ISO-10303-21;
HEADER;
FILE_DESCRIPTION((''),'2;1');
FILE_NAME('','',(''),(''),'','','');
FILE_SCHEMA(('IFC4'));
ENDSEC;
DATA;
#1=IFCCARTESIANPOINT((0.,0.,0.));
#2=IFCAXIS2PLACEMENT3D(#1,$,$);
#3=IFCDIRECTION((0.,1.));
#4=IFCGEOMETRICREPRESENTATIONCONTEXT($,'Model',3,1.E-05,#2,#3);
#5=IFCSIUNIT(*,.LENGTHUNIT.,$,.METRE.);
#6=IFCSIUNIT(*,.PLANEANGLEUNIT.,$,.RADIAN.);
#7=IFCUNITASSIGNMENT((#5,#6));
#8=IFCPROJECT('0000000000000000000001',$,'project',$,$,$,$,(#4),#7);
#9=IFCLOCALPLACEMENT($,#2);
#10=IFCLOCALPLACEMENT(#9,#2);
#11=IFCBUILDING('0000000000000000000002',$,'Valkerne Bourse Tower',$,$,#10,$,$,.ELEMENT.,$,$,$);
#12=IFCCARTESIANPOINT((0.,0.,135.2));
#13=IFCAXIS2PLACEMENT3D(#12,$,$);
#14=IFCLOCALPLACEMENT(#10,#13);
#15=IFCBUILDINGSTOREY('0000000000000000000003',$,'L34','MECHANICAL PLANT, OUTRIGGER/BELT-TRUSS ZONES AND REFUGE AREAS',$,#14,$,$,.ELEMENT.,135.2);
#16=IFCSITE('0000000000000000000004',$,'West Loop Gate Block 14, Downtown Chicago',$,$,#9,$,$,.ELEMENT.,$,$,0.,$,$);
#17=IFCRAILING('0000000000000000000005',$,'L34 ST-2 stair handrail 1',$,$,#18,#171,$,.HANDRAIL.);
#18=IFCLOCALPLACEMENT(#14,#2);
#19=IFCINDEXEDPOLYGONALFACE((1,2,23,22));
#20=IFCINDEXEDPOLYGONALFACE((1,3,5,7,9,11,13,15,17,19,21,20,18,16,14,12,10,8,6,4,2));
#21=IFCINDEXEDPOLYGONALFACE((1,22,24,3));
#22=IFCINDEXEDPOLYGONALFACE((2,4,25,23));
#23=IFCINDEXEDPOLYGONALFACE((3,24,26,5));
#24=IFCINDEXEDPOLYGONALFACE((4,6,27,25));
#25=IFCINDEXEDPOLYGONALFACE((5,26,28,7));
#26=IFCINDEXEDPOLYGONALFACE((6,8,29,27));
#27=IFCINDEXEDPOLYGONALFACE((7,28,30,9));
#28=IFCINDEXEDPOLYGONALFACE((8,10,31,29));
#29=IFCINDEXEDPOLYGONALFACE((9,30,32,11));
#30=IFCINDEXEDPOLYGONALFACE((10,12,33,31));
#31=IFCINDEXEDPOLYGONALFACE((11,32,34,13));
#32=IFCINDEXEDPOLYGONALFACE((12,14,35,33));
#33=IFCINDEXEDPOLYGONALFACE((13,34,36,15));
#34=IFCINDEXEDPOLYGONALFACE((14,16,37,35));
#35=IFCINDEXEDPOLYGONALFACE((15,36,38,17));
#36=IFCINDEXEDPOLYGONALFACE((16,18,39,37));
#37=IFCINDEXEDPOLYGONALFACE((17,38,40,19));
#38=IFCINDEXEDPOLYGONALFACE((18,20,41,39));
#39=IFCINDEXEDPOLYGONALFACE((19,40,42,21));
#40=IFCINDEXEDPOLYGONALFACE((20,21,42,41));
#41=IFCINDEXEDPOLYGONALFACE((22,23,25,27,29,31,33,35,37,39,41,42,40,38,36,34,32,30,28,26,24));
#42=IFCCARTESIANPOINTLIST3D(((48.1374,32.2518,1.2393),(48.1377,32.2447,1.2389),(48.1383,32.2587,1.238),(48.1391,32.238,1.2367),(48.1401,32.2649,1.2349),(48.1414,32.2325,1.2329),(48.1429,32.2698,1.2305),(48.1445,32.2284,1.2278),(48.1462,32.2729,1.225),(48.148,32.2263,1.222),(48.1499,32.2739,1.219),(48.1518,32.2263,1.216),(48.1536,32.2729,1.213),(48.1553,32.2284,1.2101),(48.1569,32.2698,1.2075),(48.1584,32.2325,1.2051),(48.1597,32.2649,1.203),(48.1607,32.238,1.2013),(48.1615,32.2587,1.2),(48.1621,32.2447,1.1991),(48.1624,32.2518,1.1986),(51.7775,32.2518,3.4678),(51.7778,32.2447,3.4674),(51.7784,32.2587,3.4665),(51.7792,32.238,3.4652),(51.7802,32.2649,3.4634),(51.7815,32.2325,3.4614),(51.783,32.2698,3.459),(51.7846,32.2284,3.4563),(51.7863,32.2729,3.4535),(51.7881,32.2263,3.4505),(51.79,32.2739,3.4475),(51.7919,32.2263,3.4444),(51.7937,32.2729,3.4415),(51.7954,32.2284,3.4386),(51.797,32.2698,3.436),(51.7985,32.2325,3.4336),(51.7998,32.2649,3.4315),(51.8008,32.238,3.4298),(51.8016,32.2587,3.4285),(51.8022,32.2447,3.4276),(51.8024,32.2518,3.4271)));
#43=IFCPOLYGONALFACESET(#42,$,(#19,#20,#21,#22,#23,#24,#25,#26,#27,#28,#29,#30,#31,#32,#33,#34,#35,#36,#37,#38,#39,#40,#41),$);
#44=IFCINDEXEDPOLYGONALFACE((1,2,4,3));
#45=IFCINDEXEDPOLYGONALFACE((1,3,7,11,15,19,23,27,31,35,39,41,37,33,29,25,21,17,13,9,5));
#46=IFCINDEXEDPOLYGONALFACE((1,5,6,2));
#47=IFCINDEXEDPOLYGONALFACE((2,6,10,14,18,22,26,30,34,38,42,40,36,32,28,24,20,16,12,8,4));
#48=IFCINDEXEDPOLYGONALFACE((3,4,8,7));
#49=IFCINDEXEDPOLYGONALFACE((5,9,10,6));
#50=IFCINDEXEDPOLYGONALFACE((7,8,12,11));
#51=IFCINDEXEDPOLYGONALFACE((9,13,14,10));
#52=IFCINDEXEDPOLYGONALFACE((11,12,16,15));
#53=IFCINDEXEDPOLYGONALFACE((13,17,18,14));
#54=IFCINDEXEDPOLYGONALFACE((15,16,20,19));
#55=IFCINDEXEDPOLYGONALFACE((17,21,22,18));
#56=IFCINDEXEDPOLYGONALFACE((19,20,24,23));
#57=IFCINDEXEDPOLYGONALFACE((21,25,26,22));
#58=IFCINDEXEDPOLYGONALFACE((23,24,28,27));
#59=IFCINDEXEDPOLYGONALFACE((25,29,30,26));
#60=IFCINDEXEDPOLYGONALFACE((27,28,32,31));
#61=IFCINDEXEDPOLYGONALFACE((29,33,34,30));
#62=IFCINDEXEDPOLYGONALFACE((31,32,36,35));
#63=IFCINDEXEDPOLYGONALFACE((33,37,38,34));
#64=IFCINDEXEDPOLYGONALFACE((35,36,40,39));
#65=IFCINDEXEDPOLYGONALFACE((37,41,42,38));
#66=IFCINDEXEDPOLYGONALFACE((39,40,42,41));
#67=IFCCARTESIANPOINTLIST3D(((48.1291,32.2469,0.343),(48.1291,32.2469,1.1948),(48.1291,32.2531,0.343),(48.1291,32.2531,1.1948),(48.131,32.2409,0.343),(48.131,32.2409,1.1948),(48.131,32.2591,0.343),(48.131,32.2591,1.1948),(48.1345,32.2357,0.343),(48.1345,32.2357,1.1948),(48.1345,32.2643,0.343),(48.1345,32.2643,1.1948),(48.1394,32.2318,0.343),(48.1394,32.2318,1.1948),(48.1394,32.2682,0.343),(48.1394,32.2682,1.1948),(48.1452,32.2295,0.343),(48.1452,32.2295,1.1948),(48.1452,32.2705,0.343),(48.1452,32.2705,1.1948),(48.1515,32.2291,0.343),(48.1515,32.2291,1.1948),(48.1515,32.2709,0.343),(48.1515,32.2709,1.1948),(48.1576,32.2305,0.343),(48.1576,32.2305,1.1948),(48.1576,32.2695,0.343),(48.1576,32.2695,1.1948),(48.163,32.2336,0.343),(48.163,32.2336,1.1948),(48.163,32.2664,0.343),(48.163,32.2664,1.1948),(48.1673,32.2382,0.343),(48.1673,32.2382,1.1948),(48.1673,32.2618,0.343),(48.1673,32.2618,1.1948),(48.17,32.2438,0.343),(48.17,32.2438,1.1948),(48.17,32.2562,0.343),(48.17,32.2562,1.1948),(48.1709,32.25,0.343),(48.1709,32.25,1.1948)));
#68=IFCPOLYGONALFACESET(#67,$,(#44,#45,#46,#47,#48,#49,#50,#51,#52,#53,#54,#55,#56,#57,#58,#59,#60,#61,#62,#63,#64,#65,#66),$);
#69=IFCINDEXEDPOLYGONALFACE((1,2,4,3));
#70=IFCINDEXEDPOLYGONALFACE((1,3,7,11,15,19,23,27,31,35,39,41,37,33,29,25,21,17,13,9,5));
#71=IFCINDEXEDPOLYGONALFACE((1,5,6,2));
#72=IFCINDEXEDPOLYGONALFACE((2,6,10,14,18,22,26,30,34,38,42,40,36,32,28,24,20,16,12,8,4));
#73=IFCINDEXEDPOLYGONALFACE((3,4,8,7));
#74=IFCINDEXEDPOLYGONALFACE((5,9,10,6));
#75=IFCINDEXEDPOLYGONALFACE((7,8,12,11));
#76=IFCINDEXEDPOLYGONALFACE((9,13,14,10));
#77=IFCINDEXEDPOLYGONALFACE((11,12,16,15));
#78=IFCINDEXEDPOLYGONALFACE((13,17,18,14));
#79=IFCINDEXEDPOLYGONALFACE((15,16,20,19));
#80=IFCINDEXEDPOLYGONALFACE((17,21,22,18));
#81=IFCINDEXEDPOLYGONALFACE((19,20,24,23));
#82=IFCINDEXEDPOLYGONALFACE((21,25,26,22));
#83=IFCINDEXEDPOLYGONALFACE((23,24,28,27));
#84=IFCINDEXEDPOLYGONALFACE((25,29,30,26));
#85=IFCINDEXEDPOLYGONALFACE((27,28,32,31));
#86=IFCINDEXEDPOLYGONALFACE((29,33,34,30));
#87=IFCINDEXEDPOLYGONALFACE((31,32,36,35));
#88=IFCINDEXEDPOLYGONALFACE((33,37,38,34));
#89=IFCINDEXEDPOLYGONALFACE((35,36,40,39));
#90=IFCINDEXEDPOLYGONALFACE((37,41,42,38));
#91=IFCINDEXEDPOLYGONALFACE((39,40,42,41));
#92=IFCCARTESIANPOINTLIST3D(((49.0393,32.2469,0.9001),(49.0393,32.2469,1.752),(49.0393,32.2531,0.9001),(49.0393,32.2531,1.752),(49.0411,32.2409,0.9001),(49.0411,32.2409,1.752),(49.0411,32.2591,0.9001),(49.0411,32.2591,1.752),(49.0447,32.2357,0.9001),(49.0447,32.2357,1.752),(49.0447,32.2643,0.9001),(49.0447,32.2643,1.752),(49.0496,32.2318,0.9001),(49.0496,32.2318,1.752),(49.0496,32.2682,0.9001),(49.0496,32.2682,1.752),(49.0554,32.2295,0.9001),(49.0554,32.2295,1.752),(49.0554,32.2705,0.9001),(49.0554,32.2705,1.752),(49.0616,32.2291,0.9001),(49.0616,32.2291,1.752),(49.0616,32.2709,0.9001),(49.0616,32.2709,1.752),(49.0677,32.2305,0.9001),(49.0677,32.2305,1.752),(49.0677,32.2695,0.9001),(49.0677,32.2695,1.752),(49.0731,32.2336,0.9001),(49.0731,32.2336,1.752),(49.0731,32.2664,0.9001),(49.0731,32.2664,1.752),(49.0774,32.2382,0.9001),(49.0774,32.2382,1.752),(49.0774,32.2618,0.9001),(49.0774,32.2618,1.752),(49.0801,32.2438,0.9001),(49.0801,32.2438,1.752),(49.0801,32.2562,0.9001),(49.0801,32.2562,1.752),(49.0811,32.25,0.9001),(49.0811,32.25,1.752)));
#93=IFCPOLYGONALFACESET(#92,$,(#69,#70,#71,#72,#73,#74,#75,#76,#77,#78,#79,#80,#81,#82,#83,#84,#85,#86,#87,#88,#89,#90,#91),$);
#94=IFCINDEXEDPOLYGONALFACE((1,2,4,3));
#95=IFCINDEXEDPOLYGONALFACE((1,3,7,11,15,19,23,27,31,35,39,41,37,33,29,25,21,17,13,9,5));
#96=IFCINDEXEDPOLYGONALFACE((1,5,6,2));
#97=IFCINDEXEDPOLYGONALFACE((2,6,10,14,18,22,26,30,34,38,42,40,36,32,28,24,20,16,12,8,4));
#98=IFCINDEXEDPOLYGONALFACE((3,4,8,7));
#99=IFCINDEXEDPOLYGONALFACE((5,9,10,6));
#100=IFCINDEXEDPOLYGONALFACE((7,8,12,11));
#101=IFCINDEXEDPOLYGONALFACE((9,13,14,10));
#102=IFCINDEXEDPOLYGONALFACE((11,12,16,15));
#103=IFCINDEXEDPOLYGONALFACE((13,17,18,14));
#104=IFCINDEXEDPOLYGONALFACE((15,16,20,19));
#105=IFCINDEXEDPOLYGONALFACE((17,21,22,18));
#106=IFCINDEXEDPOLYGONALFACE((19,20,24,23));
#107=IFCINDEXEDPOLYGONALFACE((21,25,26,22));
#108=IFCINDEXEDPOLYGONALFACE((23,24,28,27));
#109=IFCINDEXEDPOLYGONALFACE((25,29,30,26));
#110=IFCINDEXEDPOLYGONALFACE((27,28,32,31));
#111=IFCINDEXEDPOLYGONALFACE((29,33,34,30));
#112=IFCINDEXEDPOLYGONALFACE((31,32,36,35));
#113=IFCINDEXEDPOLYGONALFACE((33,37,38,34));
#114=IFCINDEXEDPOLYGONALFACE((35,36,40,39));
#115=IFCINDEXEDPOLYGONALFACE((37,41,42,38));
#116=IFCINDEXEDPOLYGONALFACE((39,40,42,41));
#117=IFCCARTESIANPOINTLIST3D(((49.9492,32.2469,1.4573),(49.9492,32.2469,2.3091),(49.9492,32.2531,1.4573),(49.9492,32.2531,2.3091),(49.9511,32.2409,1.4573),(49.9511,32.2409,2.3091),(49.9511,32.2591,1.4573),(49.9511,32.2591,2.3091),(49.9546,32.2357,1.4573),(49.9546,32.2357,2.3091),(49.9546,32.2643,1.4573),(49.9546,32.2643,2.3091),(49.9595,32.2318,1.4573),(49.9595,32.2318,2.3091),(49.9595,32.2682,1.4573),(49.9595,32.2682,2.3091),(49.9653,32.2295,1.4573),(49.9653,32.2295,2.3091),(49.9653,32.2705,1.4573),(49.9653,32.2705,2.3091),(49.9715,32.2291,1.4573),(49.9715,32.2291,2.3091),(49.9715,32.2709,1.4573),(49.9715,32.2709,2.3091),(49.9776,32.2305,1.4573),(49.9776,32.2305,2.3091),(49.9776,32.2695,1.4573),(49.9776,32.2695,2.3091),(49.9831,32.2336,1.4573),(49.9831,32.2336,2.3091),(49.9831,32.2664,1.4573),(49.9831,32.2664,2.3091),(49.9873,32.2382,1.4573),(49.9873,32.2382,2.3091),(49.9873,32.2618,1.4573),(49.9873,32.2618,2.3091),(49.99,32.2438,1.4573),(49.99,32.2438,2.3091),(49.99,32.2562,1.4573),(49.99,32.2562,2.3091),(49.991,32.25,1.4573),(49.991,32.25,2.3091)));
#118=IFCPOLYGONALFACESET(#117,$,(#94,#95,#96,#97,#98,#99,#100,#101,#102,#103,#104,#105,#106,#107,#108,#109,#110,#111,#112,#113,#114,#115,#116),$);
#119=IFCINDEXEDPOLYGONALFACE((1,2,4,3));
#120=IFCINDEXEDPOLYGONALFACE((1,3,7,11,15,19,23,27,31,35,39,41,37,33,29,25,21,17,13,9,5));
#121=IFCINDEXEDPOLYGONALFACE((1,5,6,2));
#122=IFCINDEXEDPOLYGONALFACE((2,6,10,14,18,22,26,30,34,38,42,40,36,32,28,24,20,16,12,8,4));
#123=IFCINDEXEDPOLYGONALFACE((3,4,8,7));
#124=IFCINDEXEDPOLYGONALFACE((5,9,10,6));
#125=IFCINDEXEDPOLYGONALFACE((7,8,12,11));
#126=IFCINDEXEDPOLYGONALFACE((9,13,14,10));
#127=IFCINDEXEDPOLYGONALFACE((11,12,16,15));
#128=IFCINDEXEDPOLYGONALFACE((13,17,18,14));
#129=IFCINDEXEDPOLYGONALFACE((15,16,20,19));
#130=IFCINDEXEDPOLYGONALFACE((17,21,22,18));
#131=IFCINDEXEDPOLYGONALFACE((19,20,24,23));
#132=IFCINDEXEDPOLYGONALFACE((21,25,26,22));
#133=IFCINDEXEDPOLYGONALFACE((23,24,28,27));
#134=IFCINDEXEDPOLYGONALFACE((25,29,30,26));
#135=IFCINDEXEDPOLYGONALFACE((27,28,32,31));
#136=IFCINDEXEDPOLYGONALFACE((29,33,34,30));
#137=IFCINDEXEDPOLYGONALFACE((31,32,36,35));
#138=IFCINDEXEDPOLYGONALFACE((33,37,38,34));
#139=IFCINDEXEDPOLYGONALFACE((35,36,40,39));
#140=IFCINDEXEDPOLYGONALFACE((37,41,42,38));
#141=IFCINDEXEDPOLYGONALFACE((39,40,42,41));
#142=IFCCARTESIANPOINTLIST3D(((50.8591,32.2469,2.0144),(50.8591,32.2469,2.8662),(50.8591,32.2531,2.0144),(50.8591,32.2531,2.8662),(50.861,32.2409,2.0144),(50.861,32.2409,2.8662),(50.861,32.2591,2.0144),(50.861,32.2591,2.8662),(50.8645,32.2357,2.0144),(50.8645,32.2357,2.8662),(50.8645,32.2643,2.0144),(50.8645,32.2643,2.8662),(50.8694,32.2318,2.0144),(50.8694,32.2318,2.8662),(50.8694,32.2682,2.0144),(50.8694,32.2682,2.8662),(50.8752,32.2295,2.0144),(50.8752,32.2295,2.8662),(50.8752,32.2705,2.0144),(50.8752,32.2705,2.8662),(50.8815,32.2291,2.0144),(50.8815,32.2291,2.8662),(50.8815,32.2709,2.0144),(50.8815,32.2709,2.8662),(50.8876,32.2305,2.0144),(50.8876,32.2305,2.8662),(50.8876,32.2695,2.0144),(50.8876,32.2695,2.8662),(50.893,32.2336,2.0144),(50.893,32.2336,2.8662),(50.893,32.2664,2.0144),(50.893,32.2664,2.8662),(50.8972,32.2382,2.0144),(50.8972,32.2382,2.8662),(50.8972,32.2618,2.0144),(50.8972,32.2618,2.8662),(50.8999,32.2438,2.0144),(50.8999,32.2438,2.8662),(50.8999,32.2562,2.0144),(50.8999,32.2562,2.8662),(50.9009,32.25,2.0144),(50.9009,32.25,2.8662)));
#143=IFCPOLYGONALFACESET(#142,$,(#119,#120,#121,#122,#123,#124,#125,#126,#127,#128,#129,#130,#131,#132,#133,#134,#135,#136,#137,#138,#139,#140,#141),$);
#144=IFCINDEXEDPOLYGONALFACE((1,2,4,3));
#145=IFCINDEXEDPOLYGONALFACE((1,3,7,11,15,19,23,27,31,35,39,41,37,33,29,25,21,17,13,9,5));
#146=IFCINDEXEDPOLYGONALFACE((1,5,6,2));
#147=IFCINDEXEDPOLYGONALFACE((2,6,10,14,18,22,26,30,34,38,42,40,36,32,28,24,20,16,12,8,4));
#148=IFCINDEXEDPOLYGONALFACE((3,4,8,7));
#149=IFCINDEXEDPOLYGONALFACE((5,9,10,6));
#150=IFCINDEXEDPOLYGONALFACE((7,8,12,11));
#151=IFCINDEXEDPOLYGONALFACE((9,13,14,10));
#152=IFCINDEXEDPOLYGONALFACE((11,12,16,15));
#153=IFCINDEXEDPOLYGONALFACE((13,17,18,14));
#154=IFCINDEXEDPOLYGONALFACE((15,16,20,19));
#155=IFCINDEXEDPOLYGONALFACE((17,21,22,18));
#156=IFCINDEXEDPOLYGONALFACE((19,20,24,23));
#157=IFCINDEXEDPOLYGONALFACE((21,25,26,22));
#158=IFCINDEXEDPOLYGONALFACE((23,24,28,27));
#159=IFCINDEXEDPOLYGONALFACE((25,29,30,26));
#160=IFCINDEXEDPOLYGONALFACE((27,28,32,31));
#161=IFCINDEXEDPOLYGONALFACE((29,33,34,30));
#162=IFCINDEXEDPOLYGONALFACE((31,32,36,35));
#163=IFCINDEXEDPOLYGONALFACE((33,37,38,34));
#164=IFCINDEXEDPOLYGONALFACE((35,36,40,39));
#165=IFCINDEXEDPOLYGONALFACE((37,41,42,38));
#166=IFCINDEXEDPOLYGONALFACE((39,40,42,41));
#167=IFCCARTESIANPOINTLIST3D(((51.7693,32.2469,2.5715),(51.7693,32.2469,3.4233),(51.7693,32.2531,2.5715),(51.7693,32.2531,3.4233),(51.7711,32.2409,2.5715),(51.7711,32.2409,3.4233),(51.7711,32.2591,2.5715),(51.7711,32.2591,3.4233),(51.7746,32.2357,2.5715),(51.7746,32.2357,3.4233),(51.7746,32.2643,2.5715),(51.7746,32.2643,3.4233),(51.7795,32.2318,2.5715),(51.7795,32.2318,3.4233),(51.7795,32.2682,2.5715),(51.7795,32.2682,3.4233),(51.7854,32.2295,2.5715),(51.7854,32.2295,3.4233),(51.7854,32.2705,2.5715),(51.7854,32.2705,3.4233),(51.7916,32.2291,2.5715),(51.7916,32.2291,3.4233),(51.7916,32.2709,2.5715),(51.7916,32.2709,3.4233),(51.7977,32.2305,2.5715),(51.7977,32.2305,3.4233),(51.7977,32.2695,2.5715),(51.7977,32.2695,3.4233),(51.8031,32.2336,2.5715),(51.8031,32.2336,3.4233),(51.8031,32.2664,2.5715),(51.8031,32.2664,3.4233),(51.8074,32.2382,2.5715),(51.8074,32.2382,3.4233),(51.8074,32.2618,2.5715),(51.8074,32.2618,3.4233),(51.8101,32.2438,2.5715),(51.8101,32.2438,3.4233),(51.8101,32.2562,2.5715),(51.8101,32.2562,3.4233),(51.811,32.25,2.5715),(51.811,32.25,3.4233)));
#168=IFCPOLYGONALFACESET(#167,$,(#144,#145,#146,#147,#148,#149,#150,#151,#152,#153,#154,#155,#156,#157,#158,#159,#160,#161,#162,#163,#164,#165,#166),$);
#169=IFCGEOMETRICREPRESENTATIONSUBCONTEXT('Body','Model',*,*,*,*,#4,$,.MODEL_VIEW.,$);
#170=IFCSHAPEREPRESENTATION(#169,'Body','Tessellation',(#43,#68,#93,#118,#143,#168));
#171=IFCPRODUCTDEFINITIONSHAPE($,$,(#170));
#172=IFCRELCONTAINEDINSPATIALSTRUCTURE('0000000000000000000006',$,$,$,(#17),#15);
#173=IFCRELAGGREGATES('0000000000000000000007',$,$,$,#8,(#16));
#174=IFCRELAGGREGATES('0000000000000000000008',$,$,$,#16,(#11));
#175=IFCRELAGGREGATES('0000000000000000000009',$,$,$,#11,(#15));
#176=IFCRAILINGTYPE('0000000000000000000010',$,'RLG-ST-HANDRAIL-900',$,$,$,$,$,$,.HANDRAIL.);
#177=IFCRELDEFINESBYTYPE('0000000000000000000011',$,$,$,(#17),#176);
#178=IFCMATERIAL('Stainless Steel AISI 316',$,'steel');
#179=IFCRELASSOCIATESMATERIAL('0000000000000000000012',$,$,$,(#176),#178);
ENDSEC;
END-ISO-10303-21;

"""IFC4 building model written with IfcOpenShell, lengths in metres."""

from ifc_helpers import new_model, si_unit, direction, frame, origin, origin_2d, place, context, subcontext, project, spatial, circle, extrude, material, type_object, element, save


model = new_model("IFC4")

# Units and contexts
model_context = context("Model", 3, precision=1e-05, world=origin(), true_north=direction((0.0, 1.0)))
body_context = subcontext(model_context, "Body", "Model", "MODEL_VIEW")
ifc_project = project(units=[si_unit("LENGTHUNIT", "METRE"), si_unit("PLANEANGLEUNIT", "RADIAN")], contexts=[model_context])

# Site, building, storey
site_placement = place(None, origin())
site = spatial("IfcSite", under=ifc_project, at=site_placement, Name="West Loop Gate Block 14, Downtown Chicago", CompositionType="ELEMENT", RefElevation=0.0)
building_placement = place(site_placement, origin())
building = spatial("IfcBuilding", under=site, at=building_placement, Name="Valkerne Bourse Tower", CompositionType="ELEMENT")
storey_placement = place(building_placement, frame((0.0, 0.0, 135.2)))
storey = spatial("IfcBuildingStorey", under=building, at=storey_placement, Name="L34", Description="MECHANICAL PLANT, OUTRIGGER/BELT-TRUSS ZONES AND REFUGE AREAS", CompositionType="ELEMENT", Elevation=135.2)

# Shared definitions
ifc_material_1 = material(Name="Stainless Steel AISI 316", Category="steel")

# Railing
railing_type_1 = type_object("IfcRailingType", Name="RLG-ST-HANDRAIL-900", PredefinedType="HANDRAIL", material=ifc_material_1)
railing_1_placement = place(storey_placement, frame((48.1499, 32.25, 0.343)))
element("IfcRailing", 1, at=railing_1_placement, inside=storey, type_object=railing_type_1, Name="L34 ST-2 stair handrail 1", PredefinedType="HANDRAIL", context=body_context, shape_type="SweptSolid", body=[
    extrude(circle(Radius=0.0239, at=origin_2d()), frame((0.0, 0.0, 0.876), z_axis=(0.852866, 0.0, 0.52213), x_axis=(0.0, 1.0, 0.0)), (0.0, 0.0, 1.0), 4.2681),
    extrude(circle(Radius=0.021, at=origin_2d()), origin(), (0.0, 0.0, 1.0), 0.8518),
    extrude(circle(Radius=0.021, at=origin_2d()), frame((0.9102, 0.0, 0.5571)), (0.0, 0.0, 1.0), 0.8518),
    extrude(circle(Radius=0.021, at=origin_2d()), frame((1.8201, 0.0, 1.1143)), (0.0, 0.0, 1.0), 0.8518),
    extrude(circle(Radius=0.021, at=origin_2d()), frame((2.73, 0.0, 1.6714)), (0.0, 0.0, 1.0), 0.8518),
    extrude(circle(Radius=0.021, at=origin_2d()), frame((3.6401, 0.0, 2.2285)), (0.0, 0.0, 1.0), 0.8518),
])

save(model, "model.ifc")
